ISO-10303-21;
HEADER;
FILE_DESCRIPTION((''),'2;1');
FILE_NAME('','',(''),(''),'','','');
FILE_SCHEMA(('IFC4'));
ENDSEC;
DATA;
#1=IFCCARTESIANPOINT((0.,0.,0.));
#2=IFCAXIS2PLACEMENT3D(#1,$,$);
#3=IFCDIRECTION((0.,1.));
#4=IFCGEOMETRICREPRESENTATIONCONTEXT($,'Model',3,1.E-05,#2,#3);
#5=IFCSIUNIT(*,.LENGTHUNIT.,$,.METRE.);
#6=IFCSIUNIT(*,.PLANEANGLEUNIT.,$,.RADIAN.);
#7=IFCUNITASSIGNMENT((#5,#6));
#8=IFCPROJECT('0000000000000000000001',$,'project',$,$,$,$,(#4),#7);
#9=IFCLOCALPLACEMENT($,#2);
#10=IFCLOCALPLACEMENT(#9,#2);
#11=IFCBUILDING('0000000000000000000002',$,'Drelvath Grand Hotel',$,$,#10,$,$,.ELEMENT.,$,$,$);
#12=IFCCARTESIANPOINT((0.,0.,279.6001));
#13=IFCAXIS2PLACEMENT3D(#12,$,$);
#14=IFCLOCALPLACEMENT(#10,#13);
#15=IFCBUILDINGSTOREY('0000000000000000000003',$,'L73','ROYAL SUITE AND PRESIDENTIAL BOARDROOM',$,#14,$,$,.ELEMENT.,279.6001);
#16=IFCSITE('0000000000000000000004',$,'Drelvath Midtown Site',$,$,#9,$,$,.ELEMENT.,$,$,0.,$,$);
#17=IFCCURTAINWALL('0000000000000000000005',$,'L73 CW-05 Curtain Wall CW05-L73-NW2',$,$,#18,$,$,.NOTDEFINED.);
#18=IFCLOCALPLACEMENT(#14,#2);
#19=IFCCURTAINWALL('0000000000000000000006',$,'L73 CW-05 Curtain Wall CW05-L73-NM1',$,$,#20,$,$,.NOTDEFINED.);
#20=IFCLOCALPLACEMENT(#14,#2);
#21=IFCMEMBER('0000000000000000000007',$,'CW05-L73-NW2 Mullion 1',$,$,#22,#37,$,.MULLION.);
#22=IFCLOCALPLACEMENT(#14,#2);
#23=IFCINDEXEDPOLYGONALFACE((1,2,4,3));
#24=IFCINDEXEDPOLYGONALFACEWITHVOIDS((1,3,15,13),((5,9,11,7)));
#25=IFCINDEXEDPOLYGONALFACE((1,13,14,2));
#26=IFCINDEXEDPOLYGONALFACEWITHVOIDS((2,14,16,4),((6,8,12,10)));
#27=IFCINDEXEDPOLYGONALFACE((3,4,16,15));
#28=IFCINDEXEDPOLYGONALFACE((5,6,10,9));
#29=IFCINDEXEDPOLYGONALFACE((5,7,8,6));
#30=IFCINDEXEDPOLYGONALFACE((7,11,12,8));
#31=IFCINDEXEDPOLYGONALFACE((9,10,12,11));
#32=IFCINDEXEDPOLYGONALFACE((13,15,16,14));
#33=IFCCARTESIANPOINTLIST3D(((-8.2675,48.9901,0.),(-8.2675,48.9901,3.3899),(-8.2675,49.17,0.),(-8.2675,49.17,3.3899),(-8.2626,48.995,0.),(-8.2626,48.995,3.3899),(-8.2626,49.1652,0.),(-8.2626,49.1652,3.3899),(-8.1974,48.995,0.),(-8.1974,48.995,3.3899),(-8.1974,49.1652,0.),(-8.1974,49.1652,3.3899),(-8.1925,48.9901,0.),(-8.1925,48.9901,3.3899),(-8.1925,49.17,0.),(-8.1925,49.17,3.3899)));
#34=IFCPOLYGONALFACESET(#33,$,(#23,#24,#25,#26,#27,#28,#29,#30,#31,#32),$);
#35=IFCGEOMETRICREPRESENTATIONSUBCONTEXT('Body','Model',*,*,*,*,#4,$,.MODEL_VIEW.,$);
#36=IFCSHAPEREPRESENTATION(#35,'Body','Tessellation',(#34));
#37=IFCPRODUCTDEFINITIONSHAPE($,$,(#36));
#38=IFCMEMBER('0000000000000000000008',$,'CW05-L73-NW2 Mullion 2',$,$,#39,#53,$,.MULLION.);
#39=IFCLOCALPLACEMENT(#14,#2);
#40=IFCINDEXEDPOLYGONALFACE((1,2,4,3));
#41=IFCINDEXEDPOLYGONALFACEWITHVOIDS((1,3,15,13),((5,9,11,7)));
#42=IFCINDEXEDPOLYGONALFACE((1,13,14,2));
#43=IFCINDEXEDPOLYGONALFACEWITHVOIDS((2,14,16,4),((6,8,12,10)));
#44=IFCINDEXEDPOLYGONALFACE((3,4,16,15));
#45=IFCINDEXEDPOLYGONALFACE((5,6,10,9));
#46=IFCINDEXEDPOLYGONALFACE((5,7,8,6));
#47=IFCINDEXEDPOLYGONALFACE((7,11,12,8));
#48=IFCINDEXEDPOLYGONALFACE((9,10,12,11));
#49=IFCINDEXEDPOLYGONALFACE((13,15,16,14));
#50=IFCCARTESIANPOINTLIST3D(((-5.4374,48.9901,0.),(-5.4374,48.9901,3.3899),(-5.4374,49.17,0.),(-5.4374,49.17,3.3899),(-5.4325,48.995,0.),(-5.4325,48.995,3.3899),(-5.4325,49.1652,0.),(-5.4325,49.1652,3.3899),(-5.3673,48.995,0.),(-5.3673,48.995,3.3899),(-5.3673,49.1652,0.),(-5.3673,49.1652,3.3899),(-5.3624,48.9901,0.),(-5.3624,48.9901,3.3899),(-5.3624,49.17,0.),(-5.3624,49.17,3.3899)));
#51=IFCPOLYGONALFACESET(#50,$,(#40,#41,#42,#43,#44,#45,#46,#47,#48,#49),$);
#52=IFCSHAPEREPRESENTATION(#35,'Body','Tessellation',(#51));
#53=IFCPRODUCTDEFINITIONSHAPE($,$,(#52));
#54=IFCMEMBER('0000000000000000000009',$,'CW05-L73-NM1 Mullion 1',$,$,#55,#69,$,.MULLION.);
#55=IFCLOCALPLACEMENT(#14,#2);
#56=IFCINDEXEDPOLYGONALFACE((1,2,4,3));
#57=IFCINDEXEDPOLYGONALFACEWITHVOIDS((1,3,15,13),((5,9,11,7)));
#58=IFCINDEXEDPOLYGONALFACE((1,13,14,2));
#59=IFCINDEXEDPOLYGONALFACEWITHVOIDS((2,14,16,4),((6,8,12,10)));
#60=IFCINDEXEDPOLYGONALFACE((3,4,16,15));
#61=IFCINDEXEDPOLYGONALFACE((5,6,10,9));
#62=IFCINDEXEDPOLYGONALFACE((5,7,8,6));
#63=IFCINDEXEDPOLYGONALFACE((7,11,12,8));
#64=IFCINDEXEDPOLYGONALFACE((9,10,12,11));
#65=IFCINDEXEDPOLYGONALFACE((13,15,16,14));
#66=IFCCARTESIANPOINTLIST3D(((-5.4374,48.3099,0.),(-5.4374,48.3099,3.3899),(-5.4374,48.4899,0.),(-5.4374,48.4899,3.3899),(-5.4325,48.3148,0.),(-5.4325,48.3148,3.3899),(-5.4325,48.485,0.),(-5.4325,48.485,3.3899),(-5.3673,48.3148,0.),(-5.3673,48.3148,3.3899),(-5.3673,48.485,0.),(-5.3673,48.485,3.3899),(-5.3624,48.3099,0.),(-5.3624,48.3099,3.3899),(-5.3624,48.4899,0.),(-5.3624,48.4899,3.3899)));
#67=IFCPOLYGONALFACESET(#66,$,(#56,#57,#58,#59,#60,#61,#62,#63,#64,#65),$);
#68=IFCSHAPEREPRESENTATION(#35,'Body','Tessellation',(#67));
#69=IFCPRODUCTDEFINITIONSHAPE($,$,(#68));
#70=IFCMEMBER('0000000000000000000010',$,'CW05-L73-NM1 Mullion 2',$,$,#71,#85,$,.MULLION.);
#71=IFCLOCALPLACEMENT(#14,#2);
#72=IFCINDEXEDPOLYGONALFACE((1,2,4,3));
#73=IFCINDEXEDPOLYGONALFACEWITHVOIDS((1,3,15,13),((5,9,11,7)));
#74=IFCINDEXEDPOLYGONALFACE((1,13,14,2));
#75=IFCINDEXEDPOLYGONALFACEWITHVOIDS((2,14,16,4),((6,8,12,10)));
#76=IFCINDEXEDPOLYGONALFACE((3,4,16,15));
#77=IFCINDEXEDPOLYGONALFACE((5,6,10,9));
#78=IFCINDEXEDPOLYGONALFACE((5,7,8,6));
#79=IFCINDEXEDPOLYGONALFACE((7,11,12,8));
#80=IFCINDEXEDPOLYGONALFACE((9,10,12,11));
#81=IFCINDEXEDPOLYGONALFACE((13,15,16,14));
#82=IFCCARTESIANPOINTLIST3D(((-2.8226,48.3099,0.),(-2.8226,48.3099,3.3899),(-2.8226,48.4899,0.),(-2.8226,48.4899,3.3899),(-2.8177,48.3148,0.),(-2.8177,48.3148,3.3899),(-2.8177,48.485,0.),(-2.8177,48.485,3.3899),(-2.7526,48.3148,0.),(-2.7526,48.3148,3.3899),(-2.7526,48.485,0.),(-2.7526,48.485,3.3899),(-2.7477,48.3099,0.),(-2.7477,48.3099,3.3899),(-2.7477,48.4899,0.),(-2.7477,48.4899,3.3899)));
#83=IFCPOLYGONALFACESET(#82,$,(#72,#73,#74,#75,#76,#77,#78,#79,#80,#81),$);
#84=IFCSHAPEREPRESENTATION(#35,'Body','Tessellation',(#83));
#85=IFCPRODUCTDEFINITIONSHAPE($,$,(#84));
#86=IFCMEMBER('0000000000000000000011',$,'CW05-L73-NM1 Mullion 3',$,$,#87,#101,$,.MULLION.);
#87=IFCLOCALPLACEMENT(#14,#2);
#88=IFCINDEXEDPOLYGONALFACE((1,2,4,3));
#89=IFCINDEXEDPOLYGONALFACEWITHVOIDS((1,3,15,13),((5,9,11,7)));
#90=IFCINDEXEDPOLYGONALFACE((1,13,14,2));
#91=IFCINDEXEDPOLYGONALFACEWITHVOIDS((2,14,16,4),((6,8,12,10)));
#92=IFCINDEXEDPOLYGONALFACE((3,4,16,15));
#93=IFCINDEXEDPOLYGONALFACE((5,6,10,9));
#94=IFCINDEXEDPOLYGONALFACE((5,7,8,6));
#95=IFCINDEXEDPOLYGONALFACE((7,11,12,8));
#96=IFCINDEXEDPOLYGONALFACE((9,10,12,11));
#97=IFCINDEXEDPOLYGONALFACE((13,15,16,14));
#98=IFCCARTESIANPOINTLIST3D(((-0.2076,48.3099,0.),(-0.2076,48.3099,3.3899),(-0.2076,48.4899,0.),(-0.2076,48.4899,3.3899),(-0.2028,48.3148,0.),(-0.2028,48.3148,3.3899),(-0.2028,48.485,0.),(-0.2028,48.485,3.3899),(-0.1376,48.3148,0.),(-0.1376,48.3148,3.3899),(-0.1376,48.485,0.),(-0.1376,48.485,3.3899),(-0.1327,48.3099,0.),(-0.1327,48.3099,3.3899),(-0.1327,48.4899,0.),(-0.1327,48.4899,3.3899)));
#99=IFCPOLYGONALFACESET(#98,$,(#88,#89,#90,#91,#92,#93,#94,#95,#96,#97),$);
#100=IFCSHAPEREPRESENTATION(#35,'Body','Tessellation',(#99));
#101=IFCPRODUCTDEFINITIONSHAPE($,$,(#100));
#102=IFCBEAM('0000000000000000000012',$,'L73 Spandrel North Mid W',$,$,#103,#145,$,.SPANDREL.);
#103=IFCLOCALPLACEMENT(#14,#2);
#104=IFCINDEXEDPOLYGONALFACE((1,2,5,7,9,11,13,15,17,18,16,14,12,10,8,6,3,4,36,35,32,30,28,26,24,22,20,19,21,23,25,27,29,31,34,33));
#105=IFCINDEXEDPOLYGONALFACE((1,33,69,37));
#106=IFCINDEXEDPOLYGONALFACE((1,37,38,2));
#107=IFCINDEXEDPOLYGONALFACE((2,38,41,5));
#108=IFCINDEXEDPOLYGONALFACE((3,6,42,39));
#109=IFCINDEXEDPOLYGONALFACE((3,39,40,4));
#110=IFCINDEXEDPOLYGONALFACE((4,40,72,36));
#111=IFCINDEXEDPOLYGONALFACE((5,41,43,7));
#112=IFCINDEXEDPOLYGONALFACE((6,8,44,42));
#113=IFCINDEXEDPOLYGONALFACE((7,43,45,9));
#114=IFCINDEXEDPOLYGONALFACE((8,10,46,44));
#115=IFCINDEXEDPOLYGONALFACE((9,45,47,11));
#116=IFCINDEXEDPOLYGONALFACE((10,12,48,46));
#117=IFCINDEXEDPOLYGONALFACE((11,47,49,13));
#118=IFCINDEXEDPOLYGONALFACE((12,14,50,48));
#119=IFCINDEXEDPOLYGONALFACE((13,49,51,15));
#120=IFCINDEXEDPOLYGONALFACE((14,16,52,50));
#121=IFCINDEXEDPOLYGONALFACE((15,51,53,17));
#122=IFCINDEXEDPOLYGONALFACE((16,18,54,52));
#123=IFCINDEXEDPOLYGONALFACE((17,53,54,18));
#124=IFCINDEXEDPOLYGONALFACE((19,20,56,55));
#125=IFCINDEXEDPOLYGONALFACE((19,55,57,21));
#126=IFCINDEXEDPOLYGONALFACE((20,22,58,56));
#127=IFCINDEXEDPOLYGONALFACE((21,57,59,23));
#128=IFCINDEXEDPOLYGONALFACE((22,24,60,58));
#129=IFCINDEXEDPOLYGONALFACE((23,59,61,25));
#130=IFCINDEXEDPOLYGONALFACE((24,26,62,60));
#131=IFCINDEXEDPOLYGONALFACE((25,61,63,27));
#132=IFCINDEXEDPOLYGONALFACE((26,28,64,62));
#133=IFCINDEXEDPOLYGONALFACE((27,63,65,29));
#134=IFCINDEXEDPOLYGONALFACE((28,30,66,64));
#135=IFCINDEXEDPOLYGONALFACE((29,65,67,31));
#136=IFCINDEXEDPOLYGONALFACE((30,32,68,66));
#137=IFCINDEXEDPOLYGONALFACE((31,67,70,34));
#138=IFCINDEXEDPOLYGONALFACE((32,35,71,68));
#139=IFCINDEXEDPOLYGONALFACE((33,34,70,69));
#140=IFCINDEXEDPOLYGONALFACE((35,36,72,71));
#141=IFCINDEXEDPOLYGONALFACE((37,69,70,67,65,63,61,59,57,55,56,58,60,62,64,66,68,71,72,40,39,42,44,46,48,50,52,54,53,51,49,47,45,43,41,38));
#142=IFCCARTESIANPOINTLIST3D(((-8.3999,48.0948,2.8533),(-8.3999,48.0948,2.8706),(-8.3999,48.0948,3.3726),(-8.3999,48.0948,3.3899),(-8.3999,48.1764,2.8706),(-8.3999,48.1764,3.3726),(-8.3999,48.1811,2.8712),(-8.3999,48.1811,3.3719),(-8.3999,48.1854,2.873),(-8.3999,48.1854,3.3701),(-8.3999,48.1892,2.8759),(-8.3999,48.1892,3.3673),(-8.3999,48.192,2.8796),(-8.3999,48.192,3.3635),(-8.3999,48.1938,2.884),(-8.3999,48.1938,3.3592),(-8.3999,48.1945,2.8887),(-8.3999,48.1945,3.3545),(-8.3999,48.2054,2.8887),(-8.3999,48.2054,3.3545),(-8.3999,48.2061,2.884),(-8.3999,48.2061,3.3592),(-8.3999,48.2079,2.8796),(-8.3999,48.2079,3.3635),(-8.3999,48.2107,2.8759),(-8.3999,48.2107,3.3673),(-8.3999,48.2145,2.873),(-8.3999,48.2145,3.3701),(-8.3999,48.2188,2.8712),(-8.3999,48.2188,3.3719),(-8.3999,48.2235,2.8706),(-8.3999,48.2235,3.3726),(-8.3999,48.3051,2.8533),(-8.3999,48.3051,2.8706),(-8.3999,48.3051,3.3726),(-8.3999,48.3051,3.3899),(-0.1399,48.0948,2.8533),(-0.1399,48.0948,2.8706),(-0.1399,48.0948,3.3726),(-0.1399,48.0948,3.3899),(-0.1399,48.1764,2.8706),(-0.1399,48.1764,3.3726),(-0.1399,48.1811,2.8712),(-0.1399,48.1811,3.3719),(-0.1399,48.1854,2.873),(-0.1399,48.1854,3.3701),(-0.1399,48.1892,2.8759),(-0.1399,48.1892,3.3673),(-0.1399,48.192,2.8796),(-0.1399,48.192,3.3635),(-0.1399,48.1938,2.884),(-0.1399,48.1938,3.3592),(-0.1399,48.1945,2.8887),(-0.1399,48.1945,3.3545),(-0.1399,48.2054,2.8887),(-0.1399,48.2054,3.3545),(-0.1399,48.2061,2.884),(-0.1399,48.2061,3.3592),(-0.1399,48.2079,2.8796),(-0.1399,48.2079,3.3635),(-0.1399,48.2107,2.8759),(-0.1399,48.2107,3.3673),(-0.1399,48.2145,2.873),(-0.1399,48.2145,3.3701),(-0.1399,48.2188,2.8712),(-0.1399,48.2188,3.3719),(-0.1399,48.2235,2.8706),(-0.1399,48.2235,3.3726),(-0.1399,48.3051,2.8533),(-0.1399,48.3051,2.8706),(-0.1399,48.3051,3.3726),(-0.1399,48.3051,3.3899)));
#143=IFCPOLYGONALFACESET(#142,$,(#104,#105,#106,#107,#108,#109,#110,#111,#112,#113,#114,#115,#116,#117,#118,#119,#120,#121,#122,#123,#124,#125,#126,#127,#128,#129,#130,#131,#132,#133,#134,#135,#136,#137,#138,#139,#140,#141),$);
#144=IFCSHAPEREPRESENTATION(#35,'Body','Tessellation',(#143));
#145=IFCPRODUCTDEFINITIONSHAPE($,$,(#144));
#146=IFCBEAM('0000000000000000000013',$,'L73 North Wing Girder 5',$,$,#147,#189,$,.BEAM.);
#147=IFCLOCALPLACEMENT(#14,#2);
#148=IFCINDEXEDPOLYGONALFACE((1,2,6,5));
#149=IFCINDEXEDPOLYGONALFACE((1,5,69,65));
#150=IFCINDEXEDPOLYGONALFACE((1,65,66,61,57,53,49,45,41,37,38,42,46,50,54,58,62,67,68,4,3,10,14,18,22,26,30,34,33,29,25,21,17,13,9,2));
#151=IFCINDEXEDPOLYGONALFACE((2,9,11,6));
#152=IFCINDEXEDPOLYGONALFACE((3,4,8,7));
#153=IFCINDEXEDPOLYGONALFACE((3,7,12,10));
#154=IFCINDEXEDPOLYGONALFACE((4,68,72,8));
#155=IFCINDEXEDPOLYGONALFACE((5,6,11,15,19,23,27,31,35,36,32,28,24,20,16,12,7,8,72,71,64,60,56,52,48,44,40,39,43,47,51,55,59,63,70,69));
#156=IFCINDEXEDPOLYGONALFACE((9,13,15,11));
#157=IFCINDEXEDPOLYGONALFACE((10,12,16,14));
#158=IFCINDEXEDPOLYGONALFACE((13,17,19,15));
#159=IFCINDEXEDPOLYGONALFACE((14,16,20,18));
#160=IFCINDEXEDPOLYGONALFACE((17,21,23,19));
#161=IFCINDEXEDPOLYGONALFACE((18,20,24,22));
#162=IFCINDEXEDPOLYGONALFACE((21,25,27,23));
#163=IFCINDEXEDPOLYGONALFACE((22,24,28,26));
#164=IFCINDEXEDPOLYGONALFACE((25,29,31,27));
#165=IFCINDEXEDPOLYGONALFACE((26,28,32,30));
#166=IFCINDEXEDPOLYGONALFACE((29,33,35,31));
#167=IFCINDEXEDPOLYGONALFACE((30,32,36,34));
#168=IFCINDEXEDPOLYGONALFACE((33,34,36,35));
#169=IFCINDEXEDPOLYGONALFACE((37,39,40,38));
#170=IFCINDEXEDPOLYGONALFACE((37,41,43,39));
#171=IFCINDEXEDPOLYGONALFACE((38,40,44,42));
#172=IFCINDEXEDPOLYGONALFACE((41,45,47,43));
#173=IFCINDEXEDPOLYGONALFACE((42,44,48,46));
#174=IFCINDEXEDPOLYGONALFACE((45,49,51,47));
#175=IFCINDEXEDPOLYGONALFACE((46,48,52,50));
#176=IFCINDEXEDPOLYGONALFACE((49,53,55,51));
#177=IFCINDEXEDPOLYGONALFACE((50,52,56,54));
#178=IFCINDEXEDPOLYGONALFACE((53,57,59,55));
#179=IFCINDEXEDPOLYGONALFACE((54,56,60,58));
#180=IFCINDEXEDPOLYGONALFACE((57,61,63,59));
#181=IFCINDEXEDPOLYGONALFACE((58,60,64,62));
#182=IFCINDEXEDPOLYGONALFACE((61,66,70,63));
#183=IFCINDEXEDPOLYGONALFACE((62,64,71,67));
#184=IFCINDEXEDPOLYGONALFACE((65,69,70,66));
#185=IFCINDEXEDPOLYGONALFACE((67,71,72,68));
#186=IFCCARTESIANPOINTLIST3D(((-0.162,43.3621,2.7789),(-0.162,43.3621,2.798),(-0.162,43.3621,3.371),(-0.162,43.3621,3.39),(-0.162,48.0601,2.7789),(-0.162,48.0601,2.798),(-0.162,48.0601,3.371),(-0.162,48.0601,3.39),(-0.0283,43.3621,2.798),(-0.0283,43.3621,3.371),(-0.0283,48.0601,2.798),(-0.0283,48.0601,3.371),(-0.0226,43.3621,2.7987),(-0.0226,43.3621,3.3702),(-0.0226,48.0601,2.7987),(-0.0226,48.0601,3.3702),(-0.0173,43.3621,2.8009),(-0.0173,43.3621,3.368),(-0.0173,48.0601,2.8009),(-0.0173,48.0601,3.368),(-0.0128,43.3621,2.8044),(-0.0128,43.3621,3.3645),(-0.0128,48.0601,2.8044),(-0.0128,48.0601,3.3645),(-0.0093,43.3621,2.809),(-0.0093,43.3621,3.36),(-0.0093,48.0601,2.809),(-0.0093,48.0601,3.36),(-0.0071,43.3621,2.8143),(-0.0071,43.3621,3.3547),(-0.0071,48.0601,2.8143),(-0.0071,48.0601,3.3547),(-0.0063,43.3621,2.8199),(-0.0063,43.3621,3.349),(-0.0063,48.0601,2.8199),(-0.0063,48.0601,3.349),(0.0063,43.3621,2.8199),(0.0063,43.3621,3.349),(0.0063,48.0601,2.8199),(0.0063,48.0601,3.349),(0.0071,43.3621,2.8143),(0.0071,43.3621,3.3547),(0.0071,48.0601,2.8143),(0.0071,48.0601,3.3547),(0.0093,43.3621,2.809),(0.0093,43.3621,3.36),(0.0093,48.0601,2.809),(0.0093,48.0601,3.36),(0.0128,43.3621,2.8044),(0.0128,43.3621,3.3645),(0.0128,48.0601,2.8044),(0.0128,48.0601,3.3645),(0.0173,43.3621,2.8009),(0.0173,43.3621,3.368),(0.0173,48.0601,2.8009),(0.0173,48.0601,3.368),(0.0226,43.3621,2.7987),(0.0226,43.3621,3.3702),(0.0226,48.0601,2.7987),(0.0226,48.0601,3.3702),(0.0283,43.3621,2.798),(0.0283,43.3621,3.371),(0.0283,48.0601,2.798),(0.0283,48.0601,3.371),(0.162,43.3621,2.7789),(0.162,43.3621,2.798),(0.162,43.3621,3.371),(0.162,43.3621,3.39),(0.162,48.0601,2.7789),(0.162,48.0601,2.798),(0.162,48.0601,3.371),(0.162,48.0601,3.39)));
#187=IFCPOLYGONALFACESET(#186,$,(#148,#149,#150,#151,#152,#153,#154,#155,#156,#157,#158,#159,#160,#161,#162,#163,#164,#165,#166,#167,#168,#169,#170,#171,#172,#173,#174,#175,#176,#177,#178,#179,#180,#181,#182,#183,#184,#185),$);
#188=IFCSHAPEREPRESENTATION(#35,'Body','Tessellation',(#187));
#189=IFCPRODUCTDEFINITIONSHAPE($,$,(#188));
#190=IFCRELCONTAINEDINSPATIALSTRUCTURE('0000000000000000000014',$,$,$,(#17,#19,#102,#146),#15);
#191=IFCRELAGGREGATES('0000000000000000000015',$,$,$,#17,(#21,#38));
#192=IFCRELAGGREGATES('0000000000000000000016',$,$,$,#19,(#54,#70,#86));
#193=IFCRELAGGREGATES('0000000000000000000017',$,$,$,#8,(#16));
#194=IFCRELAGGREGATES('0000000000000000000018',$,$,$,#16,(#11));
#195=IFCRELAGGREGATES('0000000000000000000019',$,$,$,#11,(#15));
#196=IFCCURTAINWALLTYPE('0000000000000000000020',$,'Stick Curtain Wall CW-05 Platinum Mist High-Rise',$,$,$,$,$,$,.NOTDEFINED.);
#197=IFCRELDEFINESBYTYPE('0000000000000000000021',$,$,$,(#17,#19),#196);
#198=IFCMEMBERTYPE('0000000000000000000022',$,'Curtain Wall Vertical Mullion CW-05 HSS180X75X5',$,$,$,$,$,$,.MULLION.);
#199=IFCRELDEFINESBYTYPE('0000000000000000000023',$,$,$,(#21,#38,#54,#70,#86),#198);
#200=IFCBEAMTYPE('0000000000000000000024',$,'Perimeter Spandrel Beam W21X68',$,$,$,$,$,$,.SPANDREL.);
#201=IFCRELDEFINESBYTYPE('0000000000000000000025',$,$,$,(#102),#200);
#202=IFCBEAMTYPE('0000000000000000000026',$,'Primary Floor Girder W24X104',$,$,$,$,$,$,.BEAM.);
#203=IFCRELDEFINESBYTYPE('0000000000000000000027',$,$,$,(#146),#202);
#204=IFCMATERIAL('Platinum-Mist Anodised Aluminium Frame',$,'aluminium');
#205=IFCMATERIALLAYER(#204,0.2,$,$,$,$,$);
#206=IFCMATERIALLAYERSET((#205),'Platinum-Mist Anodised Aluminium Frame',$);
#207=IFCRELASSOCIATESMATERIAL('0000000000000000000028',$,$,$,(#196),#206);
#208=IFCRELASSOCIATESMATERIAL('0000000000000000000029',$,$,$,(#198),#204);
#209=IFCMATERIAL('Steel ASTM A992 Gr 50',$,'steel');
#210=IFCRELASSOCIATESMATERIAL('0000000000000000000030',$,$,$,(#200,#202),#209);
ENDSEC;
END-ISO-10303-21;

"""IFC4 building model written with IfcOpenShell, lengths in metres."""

from ifc_helpers import new_model, si_unit, direction, frame, origin, origin_2d, place, context, subcontext, project, spatial, hollow_rectangle, i_section, extrude, material, layer, layer_set, material_profile, profile_set, type_object, element, aggregate, save


model = new_model("IFC4")

# Units and contexts
model_context = context("Model", 3, precision=1e-05, world=origin(), true_north=direction((0.0, 1.0)))
body_context = subcontext(model_context, "Body", "Model", "MODEL_VIEW")
ifc_project = project(units=[si_unit("LENGTHUNIT", "METRE"), si_unit("PLANEANGLEUNIT", "RADIAN")], contexts=[model_context])

# Site, building, storey
site_placement = place(None, origin())
site = spatial("IfcSite", under=ifc_project, at=site_placement, Name="Drelvath Midtown Site", CompositionType="ELEMENT", RefElevation=0.0)
building_placement = place(site_placement, origin())
building = spatial("IfcBuilding", under=site, at=building_placement, Name="Drelvath Grand Hotel", CompositionType="ELEMENT")
storey_placement = place(building_placement, frame((0.0, 0.0, 279.6001)))
storey = spatial("IfcBuildingStorey", under=building, at=storey_placement, Name="L73", Description="ROYAL SUITE AND PRESIDENTIAL BOARDROOM", CompositionType="ELEMENT", Elevation=279.6001)

# Curtain walls
ifc_material_1 = material(Name="Platinum-Mist Anodised Aluminium Frame", Category="aluminium")
ifc_layer_1 = layer(ifc_material_1, 0.2)
ifc_layer_set_1 = layer_set([ifc_layer_1], Name="Platinum-Mist Anodised Aluminium Frame")
curtain_wall_type = type_object("IfcCurtainWallType", Name="Stick Curtain Wall CW-05 Platinum Mist High-Rise", PredefinedType="NOTDEFINED", material=ifc_layer_set_1)
curtain_wall_1_placement = place(storey_placement, origin())
curtain_wall_1 = element("IfcCurtainWall", 1, at=curtain_wall_1_placement, inside=storey, type_object=curtain_wall_type, Name="L73 CW-05 Curtain Wall CW05-L73-NW2", PredefinedType="NOTDEFINED")
curtain_wall_2_placement = place(storey_placement, origin())
curtain_wall_2 = element("IfcCurtainWall", 2, at=curtain_wall_2_placement, inside=storey, type_object=curtain_wall_type, Name="L73 CW-05 Curtain Wall CW05-L73-NM1", PredefinedType="NOTDEFINED")

# Members
ifc_material_profile_1 = material_profile(ifc_material_1, hollow_rectangle(XDim=0.075, YDim=0.1799, WallThickness=0.0049, at=origin_2d()), Name="HSS180X75X5")
ifc_profile_set_1 = profile_set([ifc_material_profile_1], Name="Platinum-Mist Anodised Aluminium Frame")
member_type_1 = type_object("IfcMemberType", Name="Curtain Wall Vertical Mullion CW-05 HSS180X75X5", PredefinedType="MULLION", material=ifc_profile_set_1)
member_1_placement = place(storey_placement, frame((-8.23, 49.0801, 0.0), z_axis=(0.0, 0.0, 1.0), x_axis=(1.0, 0.0, 0.0)))
member_1 = element("IfcMember", 3, at=member_1_placement, type_object=member_type_1, Name="CW05-L73-NW2 Mullion 1", PredefinedType="MULLION", context=body_context, shape_type="SweptSolid", body=[
    extrude(hollow_rectangle(XDim=0.075, YDim=0.1799, WallThickness=0.0049, at=origin_2d()), origin(), (0.0, 0.0, 1.0), 3.3899),
])
member_2_placement = place(storey_placement, frame((-5.3999, 49.0801, 0.0), z_axis=(0.0, 0.0, 1.0), x_axis=(1.0, 0.0, 0.0)))
member_2 = element("IfcMember", 4, at=member_2_placement, type_object=member_type_1, Name="CW05-L73-NW2 Mullion 2", PredefinedType="MULLION", context=body_context, shape_type="SweptSolid", body=[
    extrude(hollow_rectangle(XDim=0.075, YDim=0.1799, WallThickness=0.0049, at=origin_2d()), origin(), (0.0, 0.0, 1.0), 3.3899),
])
member_3_placement = place(storey_placement, frame((-5.3999, 48.3999, 0.0), z_axis=(0.0, 0.0, 1.0), x_axis=(1.0, 0.0, 0.0)))
member_3 = element("IfcMember", 5, at=member_3_placement, type_object=member_type_1, Name="CW05-L73-NM1 Mullion 1", PredefinedType="MULLION", context=body_context, shape_type="SweptSolid", body=[
    extrude(hollow_rectangle(XDim=0.075, YDim=0.1799, WallThickness=0.0049, at=origin_2d()), origin(), (0.0, 0.0, 1.0), 3.3899),
])
member_4_placement = place(storey_placement, frame((-2.7852, 48.3999, 0.0), z_axis=(0.0, 0.0, 1.0), x_axis=(1.0, 0.0, 0.0)))
member_4 = element("IfcMember", 6, at=member_4_placement, type_object=member_type_1, Name="CW05-L73-NM1 Mullion 2", PredefinedType="MULLION", context=body_context, shape_type="SweptSolid", body=[
    extrude(hollow_rectangle(XDim=0.075, YDim=0.1799, WallThickness=0.0049, at=origin_2d()), origin(), (0.0, 0.0, 1.0), 3.3899),
])
member_5_placement = place(storey_placement, frame((-0.1702, 48.3999, 0.0), z_axis=(0.0, 0.0, 1.0), x_axis=(1.0, 0.0, 0.0)))
member_5 = element("IfcMember", 7, at=member_5_placement, type_object=member_type_1, Name="CW05-L73-NM1 Mullion 3", PredefinedType="MULLION", context=body_context, shape_type="SweptSolid", body=[
    extrude(hollow_rectangle(XDim=0.075, YDim=0.1799, WallThickness=0.0049, at=origin_2d()), origin(), (0.0, 0.0, 1.0), 3.3899),
])

# Beams
ifc_material_2 = material(Name="Steel ASTM A992 Gr 50", Category="steel")
ifc_material_profile_2 = material_profile(ifc_material_2, i_section(OverallWidth=0.2102, OverallDepth=0.5366, WebThickness=0.011, FlangeThickness=0.0173, FilletRadius=0.0181, at=origin_2d()), Name="W21X68")
ifc_profile_set_2 = profile_set([ifc_material_profile_2], Name="Steel ASTM A992 Gr 50")
beam_type_1 = type_object("IfcBeamType", Name="Perimeter Spandrel Beam W21X68", PredefinedType="SPANDREL", material=ifc_profile_set_2)
beam_1_placement = place(storey_placement, frame((-8.3999, 48.2, 3.1216), z_axis=(1.0, 0.0, 0.0), x_axis=(0.0, 1.0, 0.0)))
element("IfcBeam", 8, at=beam_1_placement, inside=storey, type_object=beam_type_1, Name="L73 Spandrel North Mid W", PredefinedType="SPANDREL", context=body_context, shape_type="SweptSolid", body=[
    extrude(i_section(OverallWidth=0.2102, OverallDepth=0.5366, WebThickness=0.011, FlangeThickness=0.0173, FilletRadius=0.0181, at=origin_2d()), origin(), (0.0, 0.0, 1.0), 8.26),
])
ifc_material_profile_3 = material_profile(ifc_material_2, i_section(OverallWidth=0.324, OverallDepth=0.6111, WebThickness=0.0127, FlangeThickness=0.019, FilletRadius=0.022, at=origin_2d()), Name="W24X104")
ifc_profile_set_3 = profile_set([ifc_material_profile_3], Name="Steel ASTM A992 Gr 50")
beam_type_2 = type_object("IfcBeamType", Name="Primary Floor Girder W24X104", PredefinedType="BEAM", material=ifc_profile_set_3)
beam_2_placement = place(storey_placement, frame((0.0, 43.3621, 3.0845), z_axis=(0.0, 1.0, 0.0), x_axis=(-1.0, 0.0, 0.0)))
element("IfcBeam", 9, at=beam_2_placement, inside=storey, type_object=beam_type_2, Name="L73 North Wing Girder 5", PredefinedType="BEAM", context=body_context, shape_type="SweptSolid", body=[
    extrude(i_section(OverallWidth=0.324, OverallDepth=0.6111, WebThickness=0.0127, FlangeThickness=0.019, FilletRadius=0.022, at=origin_2d()), origin(), (0.0, 0.0, 1.0), 4.698),
])

aggregate(curtain_wall_1, [member_1, member_2])
aggregate(curtain_wall_2, [member_3, member_4, member_5])

save(model, "model.ifc")
